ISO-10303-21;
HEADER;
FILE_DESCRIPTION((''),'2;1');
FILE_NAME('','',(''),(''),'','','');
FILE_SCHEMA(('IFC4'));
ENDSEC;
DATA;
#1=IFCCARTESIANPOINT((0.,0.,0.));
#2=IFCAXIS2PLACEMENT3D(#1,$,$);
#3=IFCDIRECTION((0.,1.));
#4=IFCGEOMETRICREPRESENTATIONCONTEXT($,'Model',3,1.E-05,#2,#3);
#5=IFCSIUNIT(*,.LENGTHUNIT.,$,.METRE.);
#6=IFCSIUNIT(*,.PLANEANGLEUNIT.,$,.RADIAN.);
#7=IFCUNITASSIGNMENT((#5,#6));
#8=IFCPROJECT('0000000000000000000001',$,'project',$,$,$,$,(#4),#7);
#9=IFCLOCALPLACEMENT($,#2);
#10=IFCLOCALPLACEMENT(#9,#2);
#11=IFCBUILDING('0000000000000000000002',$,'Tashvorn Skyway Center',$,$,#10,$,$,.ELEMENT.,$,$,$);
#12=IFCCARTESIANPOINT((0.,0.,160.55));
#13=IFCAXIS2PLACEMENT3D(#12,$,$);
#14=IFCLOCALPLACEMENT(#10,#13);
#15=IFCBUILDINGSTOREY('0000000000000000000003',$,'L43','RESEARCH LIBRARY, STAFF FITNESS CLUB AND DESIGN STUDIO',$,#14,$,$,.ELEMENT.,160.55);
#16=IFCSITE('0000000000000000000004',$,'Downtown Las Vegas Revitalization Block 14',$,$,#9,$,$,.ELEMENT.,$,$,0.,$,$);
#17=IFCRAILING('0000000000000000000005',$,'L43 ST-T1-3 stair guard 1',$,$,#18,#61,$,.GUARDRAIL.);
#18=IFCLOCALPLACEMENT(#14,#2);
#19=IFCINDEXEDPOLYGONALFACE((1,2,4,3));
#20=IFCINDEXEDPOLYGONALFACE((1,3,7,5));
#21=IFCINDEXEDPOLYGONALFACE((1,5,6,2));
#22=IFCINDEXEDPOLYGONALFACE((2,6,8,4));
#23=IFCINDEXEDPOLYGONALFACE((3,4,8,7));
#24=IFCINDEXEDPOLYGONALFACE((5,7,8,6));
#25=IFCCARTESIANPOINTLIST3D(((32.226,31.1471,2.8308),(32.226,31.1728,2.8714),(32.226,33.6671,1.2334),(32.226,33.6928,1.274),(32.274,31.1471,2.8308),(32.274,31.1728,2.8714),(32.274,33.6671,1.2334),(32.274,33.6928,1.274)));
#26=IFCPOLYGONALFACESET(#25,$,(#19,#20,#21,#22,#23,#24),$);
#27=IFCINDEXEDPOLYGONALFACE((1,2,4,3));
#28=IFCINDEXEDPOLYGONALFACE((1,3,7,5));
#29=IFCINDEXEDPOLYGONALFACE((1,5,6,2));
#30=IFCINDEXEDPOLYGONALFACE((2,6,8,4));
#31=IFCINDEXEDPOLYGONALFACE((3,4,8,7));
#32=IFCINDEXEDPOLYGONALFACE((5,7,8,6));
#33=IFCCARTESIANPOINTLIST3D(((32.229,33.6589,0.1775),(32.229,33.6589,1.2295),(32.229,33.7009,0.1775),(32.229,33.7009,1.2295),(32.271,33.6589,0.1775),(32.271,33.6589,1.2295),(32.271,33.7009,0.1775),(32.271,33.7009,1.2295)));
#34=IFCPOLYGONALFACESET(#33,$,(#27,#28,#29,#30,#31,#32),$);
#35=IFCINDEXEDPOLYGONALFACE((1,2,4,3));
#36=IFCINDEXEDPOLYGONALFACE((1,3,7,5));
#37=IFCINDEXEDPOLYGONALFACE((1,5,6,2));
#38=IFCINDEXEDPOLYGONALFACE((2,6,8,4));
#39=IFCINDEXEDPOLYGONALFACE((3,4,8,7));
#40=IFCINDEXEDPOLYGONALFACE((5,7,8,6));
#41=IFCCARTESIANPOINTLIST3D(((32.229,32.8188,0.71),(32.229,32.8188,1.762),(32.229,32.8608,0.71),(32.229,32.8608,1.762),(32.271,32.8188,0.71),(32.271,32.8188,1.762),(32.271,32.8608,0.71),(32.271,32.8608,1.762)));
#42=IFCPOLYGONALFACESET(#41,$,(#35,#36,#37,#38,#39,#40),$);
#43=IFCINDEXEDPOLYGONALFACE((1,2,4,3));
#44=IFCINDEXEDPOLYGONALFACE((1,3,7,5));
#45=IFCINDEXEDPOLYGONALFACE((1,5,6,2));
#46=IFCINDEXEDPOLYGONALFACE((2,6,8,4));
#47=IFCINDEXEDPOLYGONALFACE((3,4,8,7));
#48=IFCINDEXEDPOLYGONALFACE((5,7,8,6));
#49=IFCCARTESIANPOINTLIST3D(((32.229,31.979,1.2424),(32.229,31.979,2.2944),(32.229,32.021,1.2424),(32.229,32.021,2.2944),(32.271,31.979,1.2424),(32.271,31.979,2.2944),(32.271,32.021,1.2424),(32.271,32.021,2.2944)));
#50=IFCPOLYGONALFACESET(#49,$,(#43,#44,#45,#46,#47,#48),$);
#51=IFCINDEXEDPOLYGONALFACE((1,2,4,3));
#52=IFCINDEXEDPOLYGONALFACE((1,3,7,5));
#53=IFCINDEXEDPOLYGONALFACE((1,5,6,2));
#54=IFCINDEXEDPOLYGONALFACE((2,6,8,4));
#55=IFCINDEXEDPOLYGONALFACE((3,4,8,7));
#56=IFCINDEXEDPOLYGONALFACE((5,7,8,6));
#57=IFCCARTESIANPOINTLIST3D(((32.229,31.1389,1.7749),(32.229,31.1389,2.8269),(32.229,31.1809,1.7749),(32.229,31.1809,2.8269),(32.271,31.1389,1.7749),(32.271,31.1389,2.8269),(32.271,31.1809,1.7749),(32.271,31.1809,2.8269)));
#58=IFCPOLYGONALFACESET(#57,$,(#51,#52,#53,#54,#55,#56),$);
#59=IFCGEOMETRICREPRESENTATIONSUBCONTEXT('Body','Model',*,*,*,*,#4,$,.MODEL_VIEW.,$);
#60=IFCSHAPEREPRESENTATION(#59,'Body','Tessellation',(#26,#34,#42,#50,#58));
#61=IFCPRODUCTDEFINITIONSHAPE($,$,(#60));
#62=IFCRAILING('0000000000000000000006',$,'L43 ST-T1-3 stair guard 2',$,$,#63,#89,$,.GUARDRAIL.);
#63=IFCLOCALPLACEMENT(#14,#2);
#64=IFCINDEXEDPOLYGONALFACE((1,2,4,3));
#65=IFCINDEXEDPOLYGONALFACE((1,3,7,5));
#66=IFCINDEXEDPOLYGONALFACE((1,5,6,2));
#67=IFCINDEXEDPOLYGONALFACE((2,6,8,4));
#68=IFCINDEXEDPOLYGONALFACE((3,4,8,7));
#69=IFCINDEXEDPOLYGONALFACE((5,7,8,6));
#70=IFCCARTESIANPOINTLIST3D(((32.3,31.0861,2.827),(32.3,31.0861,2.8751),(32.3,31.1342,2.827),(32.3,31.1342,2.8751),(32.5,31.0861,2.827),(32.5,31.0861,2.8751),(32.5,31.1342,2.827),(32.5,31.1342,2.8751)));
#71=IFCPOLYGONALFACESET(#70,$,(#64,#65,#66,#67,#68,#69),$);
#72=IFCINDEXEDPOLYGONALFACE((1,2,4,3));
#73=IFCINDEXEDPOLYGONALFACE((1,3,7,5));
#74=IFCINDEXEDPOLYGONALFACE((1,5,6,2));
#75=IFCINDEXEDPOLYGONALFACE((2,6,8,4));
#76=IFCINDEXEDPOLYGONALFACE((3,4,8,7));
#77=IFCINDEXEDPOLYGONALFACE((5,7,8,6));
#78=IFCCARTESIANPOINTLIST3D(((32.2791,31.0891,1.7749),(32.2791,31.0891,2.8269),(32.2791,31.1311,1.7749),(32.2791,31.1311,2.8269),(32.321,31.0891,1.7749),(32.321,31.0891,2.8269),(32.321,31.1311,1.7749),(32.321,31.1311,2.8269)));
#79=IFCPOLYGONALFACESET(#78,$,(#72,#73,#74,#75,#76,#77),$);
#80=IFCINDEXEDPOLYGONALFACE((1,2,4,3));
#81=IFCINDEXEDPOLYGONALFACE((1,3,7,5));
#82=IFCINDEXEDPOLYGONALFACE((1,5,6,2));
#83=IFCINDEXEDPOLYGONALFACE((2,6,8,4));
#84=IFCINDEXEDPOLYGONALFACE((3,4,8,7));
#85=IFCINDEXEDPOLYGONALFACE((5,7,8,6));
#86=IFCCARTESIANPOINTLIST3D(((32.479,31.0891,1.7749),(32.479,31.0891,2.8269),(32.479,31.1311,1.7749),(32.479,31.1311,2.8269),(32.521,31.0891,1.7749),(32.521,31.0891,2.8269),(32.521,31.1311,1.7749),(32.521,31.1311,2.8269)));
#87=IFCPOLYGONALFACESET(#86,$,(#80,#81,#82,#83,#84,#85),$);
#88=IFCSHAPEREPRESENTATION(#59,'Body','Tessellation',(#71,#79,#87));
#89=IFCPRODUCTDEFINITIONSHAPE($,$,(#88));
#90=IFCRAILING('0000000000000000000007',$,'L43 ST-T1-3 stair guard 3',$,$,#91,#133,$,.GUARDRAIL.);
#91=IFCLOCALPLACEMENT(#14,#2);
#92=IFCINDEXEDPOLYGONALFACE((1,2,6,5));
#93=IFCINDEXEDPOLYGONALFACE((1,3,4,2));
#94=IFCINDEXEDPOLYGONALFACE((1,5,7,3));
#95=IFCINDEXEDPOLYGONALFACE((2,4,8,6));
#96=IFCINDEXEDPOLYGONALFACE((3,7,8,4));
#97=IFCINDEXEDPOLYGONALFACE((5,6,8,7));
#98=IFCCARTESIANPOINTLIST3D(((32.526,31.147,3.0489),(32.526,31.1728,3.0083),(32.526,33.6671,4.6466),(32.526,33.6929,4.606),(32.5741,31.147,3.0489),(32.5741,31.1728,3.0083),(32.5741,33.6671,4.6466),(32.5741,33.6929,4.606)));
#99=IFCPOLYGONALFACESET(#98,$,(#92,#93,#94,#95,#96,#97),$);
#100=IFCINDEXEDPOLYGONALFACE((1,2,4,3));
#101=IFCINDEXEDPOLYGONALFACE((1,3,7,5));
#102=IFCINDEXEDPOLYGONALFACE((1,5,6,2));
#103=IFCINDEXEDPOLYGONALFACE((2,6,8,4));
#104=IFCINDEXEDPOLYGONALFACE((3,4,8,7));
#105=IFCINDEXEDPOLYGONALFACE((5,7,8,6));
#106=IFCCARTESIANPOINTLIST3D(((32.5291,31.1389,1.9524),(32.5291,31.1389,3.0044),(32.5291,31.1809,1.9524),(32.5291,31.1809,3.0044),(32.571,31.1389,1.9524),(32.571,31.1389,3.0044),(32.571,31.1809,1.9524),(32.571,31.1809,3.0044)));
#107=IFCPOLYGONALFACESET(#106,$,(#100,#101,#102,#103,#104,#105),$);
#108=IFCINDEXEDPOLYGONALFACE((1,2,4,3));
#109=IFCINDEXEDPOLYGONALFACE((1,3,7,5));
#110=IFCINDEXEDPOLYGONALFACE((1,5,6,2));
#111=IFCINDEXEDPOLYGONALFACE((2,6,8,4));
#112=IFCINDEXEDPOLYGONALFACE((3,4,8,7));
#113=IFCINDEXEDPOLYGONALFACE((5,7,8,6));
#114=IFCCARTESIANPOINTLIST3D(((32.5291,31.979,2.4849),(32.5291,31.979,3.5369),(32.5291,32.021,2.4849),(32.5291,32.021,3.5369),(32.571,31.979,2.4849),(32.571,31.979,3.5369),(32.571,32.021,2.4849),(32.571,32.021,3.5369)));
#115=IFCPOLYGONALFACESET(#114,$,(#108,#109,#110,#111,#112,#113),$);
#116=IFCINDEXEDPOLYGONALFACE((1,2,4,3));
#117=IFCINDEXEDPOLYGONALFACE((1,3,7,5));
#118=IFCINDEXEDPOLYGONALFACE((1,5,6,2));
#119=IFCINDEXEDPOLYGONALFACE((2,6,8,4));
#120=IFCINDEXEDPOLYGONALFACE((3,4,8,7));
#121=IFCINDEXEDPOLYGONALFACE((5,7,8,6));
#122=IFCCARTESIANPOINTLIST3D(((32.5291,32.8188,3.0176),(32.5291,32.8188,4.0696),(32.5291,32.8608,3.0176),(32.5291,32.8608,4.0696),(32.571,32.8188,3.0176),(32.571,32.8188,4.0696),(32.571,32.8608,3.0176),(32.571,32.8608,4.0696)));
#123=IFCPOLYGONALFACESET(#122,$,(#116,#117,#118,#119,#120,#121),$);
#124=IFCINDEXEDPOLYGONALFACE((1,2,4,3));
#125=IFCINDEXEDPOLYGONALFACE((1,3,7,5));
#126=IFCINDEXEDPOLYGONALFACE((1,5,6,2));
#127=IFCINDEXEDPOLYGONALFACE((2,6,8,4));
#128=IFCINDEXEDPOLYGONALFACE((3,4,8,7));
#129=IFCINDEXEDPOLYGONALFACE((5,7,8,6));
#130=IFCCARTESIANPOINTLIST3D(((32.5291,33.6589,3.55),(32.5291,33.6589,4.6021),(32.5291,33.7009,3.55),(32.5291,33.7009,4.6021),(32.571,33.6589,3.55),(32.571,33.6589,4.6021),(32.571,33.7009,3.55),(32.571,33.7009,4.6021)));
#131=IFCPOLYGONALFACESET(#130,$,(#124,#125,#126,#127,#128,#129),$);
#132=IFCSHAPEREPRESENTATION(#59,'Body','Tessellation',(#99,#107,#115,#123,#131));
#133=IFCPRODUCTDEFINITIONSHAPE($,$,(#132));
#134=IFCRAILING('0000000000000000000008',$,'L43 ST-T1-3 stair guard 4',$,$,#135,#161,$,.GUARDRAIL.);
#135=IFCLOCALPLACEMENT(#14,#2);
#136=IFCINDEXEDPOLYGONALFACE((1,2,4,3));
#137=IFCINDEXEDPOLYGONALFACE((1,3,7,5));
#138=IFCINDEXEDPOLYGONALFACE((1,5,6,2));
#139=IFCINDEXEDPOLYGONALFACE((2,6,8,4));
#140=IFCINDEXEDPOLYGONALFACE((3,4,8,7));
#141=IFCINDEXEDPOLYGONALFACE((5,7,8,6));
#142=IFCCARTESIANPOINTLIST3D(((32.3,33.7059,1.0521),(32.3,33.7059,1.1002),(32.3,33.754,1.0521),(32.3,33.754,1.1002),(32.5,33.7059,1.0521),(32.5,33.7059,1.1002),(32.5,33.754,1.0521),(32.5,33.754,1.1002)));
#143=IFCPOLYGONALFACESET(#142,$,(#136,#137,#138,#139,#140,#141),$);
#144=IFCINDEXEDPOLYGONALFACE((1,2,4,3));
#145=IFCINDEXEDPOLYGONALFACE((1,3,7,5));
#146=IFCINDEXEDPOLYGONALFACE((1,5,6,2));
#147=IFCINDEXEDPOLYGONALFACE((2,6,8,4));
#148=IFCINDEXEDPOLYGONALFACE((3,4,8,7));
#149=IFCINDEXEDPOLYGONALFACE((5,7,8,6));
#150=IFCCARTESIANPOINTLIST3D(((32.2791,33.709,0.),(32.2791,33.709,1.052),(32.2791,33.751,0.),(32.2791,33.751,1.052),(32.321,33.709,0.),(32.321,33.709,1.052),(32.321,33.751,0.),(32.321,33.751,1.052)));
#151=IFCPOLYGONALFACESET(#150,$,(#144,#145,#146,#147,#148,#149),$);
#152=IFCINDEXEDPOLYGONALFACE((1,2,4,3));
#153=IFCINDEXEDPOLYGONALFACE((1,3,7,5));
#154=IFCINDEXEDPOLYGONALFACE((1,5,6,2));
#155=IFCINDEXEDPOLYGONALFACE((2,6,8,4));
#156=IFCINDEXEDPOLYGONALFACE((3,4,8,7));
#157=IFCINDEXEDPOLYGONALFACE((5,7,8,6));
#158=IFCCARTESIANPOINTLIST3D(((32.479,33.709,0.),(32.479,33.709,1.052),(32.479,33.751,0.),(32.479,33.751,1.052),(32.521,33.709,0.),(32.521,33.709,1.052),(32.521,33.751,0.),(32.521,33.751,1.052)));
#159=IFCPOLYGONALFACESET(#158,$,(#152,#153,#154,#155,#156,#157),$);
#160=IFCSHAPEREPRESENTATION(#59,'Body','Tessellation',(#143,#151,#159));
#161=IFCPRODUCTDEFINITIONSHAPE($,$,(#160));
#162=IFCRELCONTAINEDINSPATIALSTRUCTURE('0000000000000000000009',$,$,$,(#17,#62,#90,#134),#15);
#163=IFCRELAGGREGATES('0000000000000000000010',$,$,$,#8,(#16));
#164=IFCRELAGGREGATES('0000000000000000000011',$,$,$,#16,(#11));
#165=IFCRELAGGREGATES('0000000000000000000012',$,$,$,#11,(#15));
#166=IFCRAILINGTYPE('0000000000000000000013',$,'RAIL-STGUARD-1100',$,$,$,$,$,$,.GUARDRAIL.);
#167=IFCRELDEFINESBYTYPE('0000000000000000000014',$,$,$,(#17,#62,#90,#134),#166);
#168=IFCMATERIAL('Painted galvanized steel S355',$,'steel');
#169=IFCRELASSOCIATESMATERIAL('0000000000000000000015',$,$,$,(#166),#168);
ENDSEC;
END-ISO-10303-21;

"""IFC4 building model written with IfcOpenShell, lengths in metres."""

from ifc_helpers import new_model, si_unit, direction, frame, origin, origin_2d, place, context, subcontext, project, spatial, rectangle, extrude, material, type_object, element, save


model = new_model("IFC4")

# Units and contexts
model_context = context("Model", 3, precision=1e-05, world=origin(), true_north=direction((0.0, 1.0)))
body_context = subcontext(model_context, "Body", "Model", "MODEL_VIEW")
ifc_project = project(units=[si_unit("LENGTHUNIT", "METRE"), si_unit("PLANEANGLEUNIT", "RADIAN")], contexts=[model_context])

# Site, building, storey
site_placement = place(None, origin())
site = spatial("IfcSite", under=ifc_project, at=site_placement, Name="Downtown Las Vegas Revitalization Block 14", CompositionType="ELEMENT", RefElevation=0.0)
building_placement = place(site_placement, origin())
building = spatial("IfcBuilding", under=site, at=building_placement, Name="Tashvorn Skyway Center", CompositionType="ELEMENT")
storey_placement = place(building_placement, frame((0.0, 0.0, 160.55)))
storey = spatial("IfcBuildingStorey", under=building, at=storey_placement, Name="L43", Description="RESEARCH LIBRARY, STAFF FITNESS CLUB AND DESIGN STUDIO", CompositionType="ELEMENT", Elevation=160.55)

# Railings
ifc_material_1 = material(Name="Painted galvanized steel S355", Category="steel")
railing_type_1 = type_object("IfcRailingType", Name="RAIL-STGUARD-1100", PredefinedType="GUARDRAIL", material=ifc_material_1)
railing_1_placement = place(storey_placement, frame((32.25, 33.6799, 0.1775)))
element("IfcRailing", 1, at=railing_1_placement, inside=storey, type_object=railing_type_1, Name="L43 ST-T1-3 stair guard 1", PredefinedType="GUARDRAIL", context=body_context, shape_type="SweptSolid", body=[
    extrude(rectangle(XDim=0.0481, YDim=0.0481, at=origin_2d()), frame((0.0, 0.0, 1.0762), z_axis=(0.0, -0.844607, 0.535387), x_axis=(1.0, 0.0, 0.0)), (0.0, 0.0, 1.0), 2.9836),
    extrude(rectangle(XDim=0.042, YDim=0.042, at=origin_2d()), origin(), (0.0, 0.0, 1.0), 1.052),
    extrude(rectangle(XDim=0.042, YDim=0.042, at=origin_2d()), frame((0.0, -0.8401, 0.5325)), (0.0, 0.0, 1.0), 1.052),
    extrude(rectangle(XDim=0.042, YDim=0.042, at=origin_2d()), frame((0.0, -1.6799, 1.0649)), (0.0, 0.0, 1.0), 1.052),
    extrude(rectangle(XDim=0.042, YDim=0.042, at=origin_2d()), frame((0.0, -2.52, 1.5974)), (0.0, 0.0, 1.0), 1.052),
])
railing_2_placement = place(storey_placement, frame((32.3, 31.1101, 1.7749)))
element("IfcRailing", 2, at=railing_2_placement, inside=storey, type_object=railing_type_1, Name="L43 ST-T1-3 stair guard 2", PredefinedType="GUARDRAIL", context=body_context, shape_type="SweptSolid", body=[
    extrude(rectangle(XDim=0.0481, YDim=0.0481, at=origin_2d()), frame((0.0, 0.0, 1.0762), z_axis=(1.0, 0.0, 0.0), x_axis=(0.0, 1.0, 0.0)), (0.0, 0.0, 1.0), 0.2),
    extrude(rectangle(XDim=0.042, YDim=0.042, at=origin_2d()), origin(), (0.0, 0.0, 1.0), 1.052),
    extrude(rectangle(XDim=0.042, YDim=0.042, at=origin_2d()), frame((0.2, 0.0, 0.0)), (0.0, 0.0, 1.0), 1.052),
])
railing_3_placement = place(storey_placement, frame((32.55, 31.1599, 1.9524)))
element("IfcRailing", 3, at=railing_3_placement, inside=storey, type_object=railing_type_1, Name="L43 ST-T1-3 stair guard 3", PredefinedType="GUARDRAIL", context=body_context, shape_type="SweptSolid", body=[
    extrude(rectangle(XDim=0.0481, YDim=0.0481, at=origin_2d()), frame((0.0, 0.0, 1.0762), z_axis=(0.0, 0.84457, 0.535445), x_axis=(-1.0, 0.0, 0.0)), (0.0, 0.0, 1.0), 2.9839),
    extrude(rectangle(XDim=0.042, YDim=0.042, at=origin_2d()), origin(), (0.0, 0.0, 1.0), 1.052),
    extrude(rectangle(XDim=0.042, YDim=0.042, at=origin_2d()), frame((0.0, 0.8401, 0.5325)), (0.0, 0.0, 1.0), 1.052),
    extrude(rectangle(XDim=0.042, YDim=0.042, at=origin_2d()), frame((0.0, 1.6799, 1.0652)), (0.0, 0.0, 1.0), 1.052),
    extrude(rectangle(XDim=0.042, YDim=0.042, at=origin_2d()), frame((0.0, 2.52, 1.5977)), (0.0, 0.0, 1.0), 1.052),
])
railing_4_placement = place(storey_placement, frame((32.3, 33.73, 0.0)))
element("IfcRailing", 4, at=railing_4_placement, inside=storey, type_object=railing_type_1, Name="L43 ST-T1-3 stair guard 4", PredefinedType="GUARDRAIL", context=body_context, shape_type="SweptSolid", body=[
    extrude(rectangle(XDim=0.0481, YDim=0.0481, at=origin_2d()), frame((0.0, 0.0, 1.0762), z_axis=(1.0, 0.0, 0.0), x_axis=(0.0, 1.0, 0.0)), (0.0, 0.0, 1.0), 0.2),
    extrude(rectangle(XDim=0.042, YDim=0.042, at=origin_2d()), origin(), (0.0, 0.0, 1.0), 1.052),
    extrude(rectangle(XDim=0.042, YDim=0.042, at=origin_2d()), frame((0.2, 0.0, 0.0)), (0.0, 0.0, 1.0), 1.052),
])

save(model, "model.ifc")
